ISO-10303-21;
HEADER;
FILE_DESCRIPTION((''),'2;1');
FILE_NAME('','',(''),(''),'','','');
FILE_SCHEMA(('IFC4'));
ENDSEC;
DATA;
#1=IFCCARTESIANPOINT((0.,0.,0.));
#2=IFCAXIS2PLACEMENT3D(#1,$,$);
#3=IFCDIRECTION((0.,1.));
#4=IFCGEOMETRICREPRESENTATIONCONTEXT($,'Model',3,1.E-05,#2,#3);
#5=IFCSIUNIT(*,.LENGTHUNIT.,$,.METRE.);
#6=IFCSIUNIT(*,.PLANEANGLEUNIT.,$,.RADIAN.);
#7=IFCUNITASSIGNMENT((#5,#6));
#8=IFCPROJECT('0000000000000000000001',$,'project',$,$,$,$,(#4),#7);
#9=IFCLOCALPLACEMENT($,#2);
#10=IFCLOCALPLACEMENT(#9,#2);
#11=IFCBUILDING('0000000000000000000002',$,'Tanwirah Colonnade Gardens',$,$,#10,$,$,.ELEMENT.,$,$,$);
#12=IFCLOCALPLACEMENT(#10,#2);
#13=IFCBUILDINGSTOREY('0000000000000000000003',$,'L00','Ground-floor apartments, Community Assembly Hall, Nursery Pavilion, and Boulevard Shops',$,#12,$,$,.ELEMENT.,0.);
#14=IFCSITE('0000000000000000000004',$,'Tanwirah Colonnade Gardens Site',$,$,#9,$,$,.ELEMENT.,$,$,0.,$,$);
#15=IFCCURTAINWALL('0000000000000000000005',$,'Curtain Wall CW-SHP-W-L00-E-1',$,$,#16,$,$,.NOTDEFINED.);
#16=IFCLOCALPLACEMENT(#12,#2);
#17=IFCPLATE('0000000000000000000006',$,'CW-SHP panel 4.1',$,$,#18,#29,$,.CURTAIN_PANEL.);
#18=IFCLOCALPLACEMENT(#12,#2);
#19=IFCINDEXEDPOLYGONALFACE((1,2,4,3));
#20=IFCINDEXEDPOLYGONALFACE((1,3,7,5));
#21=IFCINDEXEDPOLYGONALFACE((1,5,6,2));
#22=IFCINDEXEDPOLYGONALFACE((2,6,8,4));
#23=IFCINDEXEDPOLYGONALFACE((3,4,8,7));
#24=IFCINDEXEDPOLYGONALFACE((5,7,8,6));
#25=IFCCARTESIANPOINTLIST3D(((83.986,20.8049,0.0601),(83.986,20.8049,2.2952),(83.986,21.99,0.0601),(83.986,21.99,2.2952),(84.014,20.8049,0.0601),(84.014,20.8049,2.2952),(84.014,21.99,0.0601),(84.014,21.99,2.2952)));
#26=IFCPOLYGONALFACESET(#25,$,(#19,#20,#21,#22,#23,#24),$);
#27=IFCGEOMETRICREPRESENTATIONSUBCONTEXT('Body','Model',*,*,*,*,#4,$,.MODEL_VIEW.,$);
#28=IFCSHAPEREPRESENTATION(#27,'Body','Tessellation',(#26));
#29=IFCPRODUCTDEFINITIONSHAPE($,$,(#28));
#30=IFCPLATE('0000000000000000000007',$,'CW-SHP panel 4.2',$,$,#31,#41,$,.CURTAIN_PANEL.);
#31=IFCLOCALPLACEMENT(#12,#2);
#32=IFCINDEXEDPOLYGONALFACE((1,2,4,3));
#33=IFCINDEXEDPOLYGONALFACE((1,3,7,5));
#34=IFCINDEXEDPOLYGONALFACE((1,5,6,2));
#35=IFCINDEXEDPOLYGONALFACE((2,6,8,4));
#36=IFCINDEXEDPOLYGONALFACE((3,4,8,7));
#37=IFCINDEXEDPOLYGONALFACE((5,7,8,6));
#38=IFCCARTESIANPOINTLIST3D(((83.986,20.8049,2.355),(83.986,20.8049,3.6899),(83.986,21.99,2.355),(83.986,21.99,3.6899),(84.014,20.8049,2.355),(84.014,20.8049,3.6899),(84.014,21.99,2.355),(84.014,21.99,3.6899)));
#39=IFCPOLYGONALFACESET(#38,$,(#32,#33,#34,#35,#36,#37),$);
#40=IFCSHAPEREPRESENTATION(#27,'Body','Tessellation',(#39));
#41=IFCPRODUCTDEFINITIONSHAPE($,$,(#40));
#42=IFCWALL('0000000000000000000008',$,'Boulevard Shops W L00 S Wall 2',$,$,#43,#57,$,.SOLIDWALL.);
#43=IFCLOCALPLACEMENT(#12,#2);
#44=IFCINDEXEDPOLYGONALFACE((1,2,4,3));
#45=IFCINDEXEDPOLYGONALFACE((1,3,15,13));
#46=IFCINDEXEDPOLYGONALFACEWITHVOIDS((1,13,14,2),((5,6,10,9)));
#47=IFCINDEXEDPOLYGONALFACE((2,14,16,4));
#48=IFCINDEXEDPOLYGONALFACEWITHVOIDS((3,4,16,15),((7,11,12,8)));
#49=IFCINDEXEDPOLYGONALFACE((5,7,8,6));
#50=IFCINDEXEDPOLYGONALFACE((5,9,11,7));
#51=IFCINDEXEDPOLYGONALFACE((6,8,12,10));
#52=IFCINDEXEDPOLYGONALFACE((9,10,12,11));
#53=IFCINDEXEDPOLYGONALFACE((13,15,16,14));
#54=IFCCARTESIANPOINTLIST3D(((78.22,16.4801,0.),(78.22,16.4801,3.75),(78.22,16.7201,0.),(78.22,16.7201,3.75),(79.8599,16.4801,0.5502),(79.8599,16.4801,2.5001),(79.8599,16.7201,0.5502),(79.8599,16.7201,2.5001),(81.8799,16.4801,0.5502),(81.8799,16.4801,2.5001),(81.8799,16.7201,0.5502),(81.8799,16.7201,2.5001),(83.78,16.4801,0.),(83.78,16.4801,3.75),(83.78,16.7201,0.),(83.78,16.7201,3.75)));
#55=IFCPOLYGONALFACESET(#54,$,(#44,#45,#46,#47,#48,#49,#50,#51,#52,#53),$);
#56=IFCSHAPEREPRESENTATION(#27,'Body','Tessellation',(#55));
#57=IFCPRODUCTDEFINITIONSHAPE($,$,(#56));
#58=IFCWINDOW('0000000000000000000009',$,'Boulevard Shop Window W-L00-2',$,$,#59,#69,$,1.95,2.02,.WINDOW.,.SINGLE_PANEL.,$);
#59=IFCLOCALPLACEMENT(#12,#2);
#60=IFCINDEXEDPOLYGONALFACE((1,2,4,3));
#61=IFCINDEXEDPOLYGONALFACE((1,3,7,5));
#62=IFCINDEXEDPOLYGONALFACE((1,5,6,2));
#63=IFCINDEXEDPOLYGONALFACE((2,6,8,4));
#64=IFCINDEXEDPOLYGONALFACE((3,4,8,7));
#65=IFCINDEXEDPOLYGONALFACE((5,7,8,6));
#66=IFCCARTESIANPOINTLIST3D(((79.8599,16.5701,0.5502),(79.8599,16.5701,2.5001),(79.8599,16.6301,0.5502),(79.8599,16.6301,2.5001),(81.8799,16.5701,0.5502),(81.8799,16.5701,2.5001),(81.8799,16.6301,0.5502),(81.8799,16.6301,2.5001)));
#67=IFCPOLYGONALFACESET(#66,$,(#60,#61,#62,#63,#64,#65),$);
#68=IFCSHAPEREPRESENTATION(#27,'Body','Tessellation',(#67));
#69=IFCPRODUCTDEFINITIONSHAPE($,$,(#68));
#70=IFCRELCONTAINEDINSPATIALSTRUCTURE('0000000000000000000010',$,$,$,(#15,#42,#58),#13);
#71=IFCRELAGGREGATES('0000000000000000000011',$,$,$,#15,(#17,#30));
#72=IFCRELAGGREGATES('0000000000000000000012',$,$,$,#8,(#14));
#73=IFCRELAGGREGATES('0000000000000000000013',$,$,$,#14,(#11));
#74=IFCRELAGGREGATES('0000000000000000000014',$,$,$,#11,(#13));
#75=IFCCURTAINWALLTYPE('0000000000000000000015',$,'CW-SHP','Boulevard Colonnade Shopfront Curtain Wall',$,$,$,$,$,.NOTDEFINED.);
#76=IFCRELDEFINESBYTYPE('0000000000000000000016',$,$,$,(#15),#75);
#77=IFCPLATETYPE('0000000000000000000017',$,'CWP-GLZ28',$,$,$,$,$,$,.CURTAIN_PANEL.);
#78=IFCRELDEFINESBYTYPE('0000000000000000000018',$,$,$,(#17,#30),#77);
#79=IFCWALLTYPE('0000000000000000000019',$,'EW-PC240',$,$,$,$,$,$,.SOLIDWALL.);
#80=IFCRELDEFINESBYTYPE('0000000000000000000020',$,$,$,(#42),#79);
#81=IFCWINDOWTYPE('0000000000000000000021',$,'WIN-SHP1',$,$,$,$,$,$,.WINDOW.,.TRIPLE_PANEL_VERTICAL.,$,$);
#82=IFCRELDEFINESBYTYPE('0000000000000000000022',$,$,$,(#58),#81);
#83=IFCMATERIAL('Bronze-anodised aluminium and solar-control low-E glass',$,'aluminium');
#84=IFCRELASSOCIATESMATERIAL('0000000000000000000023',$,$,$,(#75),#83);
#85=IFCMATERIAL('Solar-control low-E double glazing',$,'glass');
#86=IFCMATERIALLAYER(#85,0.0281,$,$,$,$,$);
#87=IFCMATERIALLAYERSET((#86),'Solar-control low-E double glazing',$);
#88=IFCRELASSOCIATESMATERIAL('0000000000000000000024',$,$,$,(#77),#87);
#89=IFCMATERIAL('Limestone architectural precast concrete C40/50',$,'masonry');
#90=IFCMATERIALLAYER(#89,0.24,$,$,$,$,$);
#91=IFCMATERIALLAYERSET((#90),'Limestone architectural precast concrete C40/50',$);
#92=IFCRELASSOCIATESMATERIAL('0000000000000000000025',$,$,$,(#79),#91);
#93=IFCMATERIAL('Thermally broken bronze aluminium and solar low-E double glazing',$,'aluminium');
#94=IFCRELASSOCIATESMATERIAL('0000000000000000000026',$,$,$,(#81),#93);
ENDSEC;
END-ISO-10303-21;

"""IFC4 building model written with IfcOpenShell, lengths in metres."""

from ifc_helpers import new_model, si_unit, direction, frame, frame_2d, origin, origin_2d, place, context, subcontext, project, spatial, rectangle, extrude, material, layer, layer_set, type_object, element, fill, aggregate, save


model = new_model("IFC4")

# Units and contexts
model_context = context("Model", 3, precision=1e-05, world=origin(), true_north=direction((0.0, 1.0)))
body_context = subcontext(model_context, "Body", "Model", "MODEL_VIEW")
ifc_project = project(units=[si_unit("LENGTHUNIT", "METRE"), si_unit("PLANEANGLEUNIT", "RADIAN")], contexts=[model_context])

# Site, building, storey
site_placement = place(None, origin())
site = spatial("IfcSite", under=ifc_project, at=site_placement, Name="Tanwirah Colonnade Gardens Site", CompositionType="ELEMENT", RefElevation=0.0)
building_placement = place(site_placement, origin())
building = spatial("IfcBuilding", under=site, at=building_placement, Name="Tanwirah Colonnade Gardens", CompositionType="ELEMENT")
storey_placement = place(building_placement, origin())
storey = spatial("IfcBuildingStorey", under=building, at=storey_placement, Name="L00", Description="Ground-floor apartments, Community Assembly Hall, Nursery Pavilion, and Boulevard Shops", CompositionType="ELEMENT", Elevation=0.0)

# Shared definitions
ifc_material_1 = material(Name="Bronze-anodised aluminium and solar-control low-E glass", Category="aluminium")
curtain_wall_type = type_object("IfcCurtainWallType", Name="CW-SHP", Description="Boulevard Colonnade Shopfront Curtain Wall", PredefinedType="NOTDEFINED", material=ifc_material_1)

# Curtain wall
curtain_wall_1_placement = place(storey_placement, origin())
curtain_wall_1 = element("IfcCurtainWall", 1, at=curtain_wall_1_placement, inside=storey, type_object=curtain_wall_type, Name="Curtain Wall CW-SHP-W-L00-E-1", PredefinedType="NOTDEFINED")

# Plates
ifc_material_2 = material(Name="Solar-control low-E double glazing", Category="glass")
ifc_layer_1 = layer(ifc_material_2, 0.0281)
ifc_layer_set_1 = layer_set([ifc_layer_1], Name="Solar-control low-E double glazing")
plate_type = type_object("IfcPlateType", Name="CWP-GLZ28", PredefinedType="CURTAIN_PANEL", material=ifc_layer_set_1)
plate_1_placement = place(storey_placement, frame((84.0, 21.3975, 0.0601), z_axis=(0.0, 0.0, 1.0), x_axis=(0.0, 1.0, 0.0)))
plate_1 = element("IfcPlate", 2, at=plate_1_placement, type_object=plate_type, Name="CW-SHP panel 4.1", PredefinedType="CURTAIN_PANEL", context=body_context, shape_type="SweptSolid", body=[
    extrude(rectangle(XDim=1.1851, YDim=0.0281, at=origin_2d()), origin(), (0.0, 0.0, 1.0), 2.2351),
])
plate_2_placement = place(storey_placement, frame((84.0, 21.3975, 2.355), z_axis=(0.0, 0.0, 1.0), x_axis=(0.0, 1.0, 0.0)))
plate_2 = element("IfcPlate", 3, at=plate_2_placement, type_object=plate_type, Name="CW-SHP panel 4.2", PredefinedType="CURTAIN_PANEL", context=body_context, shape_type="SweptSolid", body=[
    extrude(rectangle(XDim=1.1851, YDim=0.0281, at=origin_2d()), origin(), (0.0, 0.0, 1.0), 1.335),
])
aggregate(curtain_wall_1, [plate_1, plate_2])

# Wall, opening, window
ifc_material_3 = material(Name="Limestone architectural precast concrete C40/50", Category="masonry")
ifc_layer_2 = layer(ifc_material_3, 0.24)
ifc_layer_set_2 = layer_set([ifc_layer_2], Name="Limestone architectural precast concrete C40/50")
wall_type = type_object("IfcWallType", Name="EW-PC240", PredefinedType="SOLIDWALL", material=ifc_layer_set_2)
wall_placement = place(storey_placement, frame((78.22, 16.6001, 0.0), z_axis=(0.0, 0.0, 1.0), x_axis=(1.0, 0.0, 0.0)))
wall = element("IfcWall", 4, at=wall_placement, inside=storey, type_object=wall_type, Name="Boulevard Shops W L00 S Wall 2", PredefinedType="SOLIDWALL", context=body_context, shape_type="SweptSolid", body=[
    extrude(rectangle(XDim=5.5601, YDim=0.24, at=frame_2d((2.78, 0.0))), origin(), (0.0, 0.0, 1.0), 3.75),
])
opening_placement = place(wall_placement, frame((1.6399, 0.0, 0.55)))
opening = element("IfcOpeningElement", 5, at=opening_placement, cuts=wall, PredefinedType="OPENING", context=body_context, shape_type="SweptSolid", body=[
    extrude(rectangle(XDim=2.02, YDim=1.95, at=frame_2d((1.01, 0.9751))), frame((0.0, 0.1299, 0.0), z_axis=(0.0, -1.0, 0.0), x_axis=(1.0, 0.0, 0.0)), (0.0, 0.0, 1.0), 0.26),
])
ifc_material_4 = material(Name="Thermally broken bronze aluminium and solar low-E double glazing", Category="aluminium")
window_type = type_object("IfcWindowType", Name="WIN-SHP1", PartitioningType="TRIPLE_PANEL_VERTICAL", PredefinedType="WINDOW", material=ifc_material_4)
window_placement = place(opening_placement, origin())
window = element("IfcWindow", 6, at=window_placement, inside=storey, type_object=window_type, Name="Boulevard Shop Window W-L00-2", OverallHeight=1.95, OverallWidth=2.02, PartitioningType="SINGLE_PANEL", PredefinedType="WINDOW", context=body_context, shape_type="SweptSolid", body=[
    extrude(rectangle(XDim=2.02, YDim=1.95, at=frame_2d((1.01, 0.9751))), frame((0.0, 0.03, 0.0), z_axis=(0.0, -1.0, 0.0), x_axis=(1.0, 0.0, 0.0)), (0.0, 0.0, 1.0), 0.0601),
])
fill(opening, window)

save(model, "model.ifc")
